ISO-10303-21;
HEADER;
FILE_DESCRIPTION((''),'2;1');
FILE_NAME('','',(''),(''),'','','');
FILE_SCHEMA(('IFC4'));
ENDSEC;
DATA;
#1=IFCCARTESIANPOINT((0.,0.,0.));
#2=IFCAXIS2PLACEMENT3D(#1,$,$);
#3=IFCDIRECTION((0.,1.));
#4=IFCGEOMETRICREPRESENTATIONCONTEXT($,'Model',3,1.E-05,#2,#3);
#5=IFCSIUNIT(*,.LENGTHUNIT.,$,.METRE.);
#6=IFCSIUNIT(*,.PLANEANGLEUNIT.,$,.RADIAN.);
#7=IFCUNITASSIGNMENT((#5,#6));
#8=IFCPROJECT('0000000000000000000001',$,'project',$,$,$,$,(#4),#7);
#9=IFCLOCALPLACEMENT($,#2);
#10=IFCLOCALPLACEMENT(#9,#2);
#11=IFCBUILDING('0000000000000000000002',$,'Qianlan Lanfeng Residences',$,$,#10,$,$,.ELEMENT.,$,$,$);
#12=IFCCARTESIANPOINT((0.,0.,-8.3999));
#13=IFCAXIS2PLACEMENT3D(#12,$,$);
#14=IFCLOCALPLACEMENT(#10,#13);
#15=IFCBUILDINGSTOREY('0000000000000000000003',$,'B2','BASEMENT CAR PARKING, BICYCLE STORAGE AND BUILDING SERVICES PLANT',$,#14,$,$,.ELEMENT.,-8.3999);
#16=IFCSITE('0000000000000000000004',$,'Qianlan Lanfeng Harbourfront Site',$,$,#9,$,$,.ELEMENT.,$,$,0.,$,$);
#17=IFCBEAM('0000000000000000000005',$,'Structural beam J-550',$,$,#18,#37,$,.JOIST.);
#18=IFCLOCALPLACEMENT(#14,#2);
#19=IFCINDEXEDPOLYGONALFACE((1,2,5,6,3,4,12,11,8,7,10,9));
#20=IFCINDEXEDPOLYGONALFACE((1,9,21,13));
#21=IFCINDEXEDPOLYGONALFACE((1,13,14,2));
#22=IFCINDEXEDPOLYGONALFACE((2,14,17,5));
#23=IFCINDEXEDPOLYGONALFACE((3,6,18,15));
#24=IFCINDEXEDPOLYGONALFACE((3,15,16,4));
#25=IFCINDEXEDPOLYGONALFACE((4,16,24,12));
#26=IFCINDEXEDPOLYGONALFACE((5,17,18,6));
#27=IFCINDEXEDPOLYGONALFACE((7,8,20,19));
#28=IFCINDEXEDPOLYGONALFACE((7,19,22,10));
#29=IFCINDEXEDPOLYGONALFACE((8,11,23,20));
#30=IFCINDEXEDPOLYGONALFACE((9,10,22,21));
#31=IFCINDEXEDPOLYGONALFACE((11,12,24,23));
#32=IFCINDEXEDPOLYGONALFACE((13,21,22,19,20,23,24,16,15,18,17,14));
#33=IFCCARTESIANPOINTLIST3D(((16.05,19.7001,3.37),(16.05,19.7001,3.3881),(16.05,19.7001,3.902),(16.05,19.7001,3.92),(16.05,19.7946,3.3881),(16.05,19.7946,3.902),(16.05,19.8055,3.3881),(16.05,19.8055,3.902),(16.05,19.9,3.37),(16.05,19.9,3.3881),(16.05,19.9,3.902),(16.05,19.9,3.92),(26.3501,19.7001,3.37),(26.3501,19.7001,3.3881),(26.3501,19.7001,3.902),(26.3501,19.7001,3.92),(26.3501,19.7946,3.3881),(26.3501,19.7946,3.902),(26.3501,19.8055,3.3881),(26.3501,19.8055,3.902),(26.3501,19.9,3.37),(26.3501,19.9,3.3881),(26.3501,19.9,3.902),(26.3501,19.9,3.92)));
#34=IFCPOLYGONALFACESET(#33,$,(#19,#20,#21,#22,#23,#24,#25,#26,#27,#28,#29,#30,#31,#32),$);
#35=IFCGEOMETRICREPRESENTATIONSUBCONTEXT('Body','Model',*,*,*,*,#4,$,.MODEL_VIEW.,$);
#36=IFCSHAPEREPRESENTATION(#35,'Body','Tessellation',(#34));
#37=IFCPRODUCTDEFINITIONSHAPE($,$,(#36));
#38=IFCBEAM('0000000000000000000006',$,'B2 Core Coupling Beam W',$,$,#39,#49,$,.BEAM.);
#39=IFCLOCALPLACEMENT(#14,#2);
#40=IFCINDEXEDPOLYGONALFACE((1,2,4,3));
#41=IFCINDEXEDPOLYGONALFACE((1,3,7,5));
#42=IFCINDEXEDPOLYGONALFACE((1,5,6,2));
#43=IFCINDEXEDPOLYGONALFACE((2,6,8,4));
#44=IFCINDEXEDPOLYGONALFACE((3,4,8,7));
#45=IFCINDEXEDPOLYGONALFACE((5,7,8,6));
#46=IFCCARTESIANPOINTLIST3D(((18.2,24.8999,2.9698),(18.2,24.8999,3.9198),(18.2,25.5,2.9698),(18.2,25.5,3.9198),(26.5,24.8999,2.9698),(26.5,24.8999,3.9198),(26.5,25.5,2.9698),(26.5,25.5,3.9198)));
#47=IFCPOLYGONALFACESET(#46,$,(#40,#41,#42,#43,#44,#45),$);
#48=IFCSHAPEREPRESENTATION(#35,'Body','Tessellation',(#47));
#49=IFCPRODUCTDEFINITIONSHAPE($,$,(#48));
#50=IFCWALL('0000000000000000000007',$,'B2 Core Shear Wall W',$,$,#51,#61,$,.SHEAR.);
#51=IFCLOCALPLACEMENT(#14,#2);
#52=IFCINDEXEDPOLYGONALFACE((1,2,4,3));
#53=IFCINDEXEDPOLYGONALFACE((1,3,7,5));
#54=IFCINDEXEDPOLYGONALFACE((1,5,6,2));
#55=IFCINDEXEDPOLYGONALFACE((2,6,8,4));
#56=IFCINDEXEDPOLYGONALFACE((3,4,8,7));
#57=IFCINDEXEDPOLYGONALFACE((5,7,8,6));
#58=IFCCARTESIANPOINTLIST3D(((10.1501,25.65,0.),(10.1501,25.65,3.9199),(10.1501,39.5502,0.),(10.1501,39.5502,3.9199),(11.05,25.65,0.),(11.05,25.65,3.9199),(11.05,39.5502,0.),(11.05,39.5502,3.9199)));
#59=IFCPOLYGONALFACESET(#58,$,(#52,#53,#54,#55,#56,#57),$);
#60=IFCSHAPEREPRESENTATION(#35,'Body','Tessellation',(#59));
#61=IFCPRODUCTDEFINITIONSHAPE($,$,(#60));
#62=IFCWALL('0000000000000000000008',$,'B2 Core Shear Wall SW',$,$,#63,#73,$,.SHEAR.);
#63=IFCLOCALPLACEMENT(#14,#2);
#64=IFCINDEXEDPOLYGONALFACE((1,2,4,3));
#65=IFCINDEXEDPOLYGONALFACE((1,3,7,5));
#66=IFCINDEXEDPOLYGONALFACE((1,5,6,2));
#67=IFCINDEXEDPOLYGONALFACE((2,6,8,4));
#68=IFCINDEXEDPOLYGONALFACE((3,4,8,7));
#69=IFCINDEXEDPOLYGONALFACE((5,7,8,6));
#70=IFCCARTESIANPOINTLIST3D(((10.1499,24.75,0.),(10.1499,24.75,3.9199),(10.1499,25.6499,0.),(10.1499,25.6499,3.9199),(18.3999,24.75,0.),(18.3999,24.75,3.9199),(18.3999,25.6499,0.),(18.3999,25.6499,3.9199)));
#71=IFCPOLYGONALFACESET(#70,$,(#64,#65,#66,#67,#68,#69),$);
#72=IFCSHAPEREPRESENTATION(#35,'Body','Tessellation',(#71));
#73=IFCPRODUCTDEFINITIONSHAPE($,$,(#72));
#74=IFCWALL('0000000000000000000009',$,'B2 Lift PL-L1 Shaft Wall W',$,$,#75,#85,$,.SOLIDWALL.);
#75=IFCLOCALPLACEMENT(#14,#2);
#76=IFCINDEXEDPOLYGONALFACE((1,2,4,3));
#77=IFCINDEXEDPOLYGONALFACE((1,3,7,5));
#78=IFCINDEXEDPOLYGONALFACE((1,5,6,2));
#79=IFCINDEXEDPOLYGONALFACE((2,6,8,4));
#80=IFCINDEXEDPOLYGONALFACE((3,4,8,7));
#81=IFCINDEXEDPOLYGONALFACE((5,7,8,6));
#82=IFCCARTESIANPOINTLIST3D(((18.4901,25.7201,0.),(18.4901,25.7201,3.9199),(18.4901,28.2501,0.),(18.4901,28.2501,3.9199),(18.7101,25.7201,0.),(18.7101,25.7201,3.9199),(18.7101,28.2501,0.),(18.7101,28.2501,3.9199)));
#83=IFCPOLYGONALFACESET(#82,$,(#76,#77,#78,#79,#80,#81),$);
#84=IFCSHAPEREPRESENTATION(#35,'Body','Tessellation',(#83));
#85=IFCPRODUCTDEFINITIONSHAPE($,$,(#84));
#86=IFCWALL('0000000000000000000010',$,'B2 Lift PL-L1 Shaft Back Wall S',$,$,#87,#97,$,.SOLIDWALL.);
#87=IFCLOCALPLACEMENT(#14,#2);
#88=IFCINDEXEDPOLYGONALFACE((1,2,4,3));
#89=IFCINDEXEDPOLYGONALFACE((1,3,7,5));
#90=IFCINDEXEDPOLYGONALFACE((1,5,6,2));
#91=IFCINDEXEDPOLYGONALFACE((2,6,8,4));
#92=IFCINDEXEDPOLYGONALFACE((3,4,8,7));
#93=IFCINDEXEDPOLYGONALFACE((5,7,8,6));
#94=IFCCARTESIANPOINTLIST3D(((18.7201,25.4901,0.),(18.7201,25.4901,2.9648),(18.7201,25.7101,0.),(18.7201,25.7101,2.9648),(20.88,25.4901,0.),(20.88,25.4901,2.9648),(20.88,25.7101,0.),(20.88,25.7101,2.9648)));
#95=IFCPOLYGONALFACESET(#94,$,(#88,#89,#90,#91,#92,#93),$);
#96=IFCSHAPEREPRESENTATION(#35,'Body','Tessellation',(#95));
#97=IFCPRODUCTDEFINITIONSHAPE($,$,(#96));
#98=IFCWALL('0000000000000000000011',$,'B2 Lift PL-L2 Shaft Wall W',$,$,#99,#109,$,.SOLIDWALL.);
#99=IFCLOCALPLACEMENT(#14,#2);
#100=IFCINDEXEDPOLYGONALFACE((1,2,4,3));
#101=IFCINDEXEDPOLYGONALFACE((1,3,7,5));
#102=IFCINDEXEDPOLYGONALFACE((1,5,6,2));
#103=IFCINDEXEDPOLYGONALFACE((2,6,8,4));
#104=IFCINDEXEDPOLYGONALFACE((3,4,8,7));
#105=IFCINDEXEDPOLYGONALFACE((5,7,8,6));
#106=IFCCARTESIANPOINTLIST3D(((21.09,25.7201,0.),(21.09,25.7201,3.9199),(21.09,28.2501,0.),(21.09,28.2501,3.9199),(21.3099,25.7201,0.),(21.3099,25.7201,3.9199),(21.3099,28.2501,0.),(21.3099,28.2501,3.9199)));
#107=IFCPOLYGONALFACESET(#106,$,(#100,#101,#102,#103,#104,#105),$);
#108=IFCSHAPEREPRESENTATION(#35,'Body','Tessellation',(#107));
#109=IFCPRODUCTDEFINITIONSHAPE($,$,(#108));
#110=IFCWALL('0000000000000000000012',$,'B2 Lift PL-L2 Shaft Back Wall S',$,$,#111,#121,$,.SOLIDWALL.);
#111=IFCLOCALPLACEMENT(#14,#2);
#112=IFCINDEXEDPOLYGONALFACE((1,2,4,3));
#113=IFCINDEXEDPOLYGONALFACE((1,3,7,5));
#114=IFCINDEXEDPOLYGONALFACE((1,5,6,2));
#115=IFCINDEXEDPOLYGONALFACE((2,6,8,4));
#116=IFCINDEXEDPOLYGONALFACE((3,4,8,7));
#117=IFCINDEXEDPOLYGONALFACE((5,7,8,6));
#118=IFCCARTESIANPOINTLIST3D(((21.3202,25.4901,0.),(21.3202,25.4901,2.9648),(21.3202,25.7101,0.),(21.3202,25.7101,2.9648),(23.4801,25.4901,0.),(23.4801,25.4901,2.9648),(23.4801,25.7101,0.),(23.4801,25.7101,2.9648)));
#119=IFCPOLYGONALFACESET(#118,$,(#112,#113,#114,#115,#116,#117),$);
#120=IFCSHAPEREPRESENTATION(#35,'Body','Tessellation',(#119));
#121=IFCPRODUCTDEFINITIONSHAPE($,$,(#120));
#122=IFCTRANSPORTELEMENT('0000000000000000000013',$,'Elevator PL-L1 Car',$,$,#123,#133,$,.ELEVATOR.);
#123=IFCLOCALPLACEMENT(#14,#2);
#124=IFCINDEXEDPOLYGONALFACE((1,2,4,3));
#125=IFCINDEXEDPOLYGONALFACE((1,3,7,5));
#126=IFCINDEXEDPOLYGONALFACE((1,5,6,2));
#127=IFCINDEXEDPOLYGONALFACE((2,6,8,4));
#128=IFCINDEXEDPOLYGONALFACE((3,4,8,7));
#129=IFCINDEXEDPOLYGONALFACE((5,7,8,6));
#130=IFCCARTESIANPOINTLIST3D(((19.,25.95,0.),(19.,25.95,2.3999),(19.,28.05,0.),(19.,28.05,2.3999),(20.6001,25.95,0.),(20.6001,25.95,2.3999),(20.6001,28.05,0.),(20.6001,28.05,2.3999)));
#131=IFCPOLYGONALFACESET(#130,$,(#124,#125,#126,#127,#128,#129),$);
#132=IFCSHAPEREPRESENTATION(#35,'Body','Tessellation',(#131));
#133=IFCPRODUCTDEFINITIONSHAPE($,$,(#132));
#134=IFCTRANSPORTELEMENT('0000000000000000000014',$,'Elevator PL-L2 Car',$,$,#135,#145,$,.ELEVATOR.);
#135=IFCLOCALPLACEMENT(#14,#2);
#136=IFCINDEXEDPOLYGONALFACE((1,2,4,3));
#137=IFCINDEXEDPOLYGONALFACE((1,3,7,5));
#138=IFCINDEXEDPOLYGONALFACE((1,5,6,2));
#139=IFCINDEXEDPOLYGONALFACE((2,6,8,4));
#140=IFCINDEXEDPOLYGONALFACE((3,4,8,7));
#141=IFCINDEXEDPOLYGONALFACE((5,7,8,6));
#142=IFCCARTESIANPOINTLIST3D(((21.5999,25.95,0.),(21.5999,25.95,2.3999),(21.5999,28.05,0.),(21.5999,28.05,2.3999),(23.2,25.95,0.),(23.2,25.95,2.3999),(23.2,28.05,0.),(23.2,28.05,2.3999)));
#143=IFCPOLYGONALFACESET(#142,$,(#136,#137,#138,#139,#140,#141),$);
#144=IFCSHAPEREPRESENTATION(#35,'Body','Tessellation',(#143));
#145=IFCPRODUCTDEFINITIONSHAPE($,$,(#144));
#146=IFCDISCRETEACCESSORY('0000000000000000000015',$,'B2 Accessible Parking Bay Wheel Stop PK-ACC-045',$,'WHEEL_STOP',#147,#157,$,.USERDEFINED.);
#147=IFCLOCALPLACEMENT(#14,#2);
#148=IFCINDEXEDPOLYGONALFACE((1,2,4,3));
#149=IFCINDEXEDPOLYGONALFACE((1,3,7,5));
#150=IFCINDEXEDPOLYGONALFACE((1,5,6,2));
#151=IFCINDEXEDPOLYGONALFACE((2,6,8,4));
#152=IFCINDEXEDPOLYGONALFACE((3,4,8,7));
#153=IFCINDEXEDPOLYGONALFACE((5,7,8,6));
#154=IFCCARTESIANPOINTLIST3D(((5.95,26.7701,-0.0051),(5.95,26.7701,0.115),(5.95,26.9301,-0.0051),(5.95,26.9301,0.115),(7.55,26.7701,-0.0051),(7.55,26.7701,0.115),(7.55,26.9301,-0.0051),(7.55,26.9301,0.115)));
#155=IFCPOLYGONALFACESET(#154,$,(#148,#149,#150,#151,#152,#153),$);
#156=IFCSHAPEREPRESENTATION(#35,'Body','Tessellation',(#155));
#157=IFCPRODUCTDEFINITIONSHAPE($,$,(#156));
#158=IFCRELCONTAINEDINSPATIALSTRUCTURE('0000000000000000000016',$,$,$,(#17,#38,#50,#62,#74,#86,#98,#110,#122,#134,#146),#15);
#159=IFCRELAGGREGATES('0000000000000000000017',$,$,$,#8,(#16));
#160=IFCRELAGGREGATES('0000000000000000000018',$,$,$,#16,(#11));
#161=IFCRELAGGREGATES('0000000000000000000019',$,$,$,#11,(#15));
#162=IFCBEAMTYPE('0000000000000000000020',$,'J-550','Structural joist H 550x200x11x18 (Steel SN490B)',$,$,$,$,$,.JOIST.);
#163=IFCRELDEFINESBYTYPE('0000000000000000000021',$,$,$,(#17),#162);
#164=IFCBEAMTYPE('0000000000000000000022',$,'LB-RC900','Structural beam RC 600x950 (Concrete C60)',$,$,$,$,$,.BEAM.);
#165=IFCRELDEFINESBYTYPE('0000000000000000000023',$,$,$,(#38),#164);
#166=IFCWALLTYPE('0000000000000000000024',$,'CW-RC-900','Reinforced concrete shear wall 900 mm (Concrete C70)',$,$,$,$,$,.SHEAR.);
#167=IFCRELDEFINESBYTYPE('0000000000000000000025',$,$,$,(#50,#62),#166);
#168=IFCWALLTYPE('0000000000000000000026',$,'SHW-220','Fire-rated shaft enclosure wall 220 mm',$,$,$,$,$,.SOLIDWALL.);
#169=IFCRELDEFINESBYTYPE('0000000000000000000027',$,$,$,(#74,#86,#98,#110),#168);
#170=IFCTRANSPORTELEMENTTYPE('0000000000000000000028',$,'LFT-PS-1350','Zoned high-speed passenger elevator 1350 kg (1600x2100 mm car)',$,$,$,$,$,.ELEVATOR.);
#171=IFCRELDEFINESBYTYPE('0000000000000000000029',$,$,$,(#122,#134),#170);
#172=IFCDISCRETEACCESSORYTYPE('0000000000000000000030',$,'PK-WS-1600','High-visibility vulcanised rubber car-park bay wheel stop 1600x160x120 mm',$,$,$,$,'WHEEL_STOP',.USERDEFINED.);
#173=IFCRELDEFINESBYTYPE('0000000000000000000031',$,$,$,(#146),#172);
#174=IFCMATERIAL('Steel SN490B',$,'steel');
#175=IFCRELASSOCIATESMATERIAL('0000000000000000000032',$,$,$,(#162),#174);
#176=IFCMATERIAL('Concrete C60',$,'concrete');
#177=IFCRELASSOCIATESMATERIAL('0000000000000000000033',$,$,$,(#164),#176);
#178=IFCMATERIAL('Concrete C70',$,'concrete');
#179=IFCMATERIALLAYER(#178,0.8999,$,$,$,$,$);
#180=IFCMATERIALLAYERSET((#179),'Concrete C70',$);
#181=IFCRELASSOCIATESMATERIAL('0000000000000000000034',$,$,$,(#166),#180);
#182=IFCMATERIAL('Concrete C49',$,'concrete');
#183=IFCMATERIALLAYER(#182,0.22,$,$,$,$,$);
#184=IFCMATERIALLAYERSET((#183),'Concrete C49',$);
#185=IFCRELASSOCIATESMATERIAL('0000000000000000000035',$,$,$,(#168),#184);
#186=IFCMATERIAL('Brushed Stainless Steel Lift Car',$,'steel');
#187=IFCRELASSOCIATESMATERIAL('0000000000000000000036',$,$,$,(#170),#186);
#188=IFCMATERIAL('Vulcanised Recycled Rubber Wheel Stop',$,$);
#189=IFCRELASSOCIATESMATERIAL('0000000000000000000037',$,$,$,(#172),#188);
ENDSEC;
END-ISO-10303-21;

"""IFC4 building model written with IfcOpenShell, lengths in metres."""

from ifc_helpers import new_model, si_unit, direction, frame, frame_2d, origin, origin_2d, place, context, subcontext, project, spatial, rectangle, i_section, extrude, source, transform, mapped, material, layer, layer_set, material_profile, profile_set, type_object, element, save


model = new_model("IFC4")

# Units and contexts
model_context = context("Model", 3, precision=1e-05, world=origin(), true_north=direction((0.0, 1.0)))
body_context = subcontext(model_context, "Body", "Model", "MODEL_VIEW")
ifc_project = project(units=[si_unit("LENGTHUNIT", "METRE"), si_unit("PLANEANGLEUNIT", "RADIAN")], contexts=[model_context])

# Site, building, storey
site_placement = place(None, origin())
site = spatial("IfcSite", under=ifc_project, at=site_placement, Name="Qianlan Lanfeng Harbourfront Site", CompositionType="ELEMENT", RefElevation=0.0)
building_placement = place(site_placement, origin())
building = spatial("IfcBuilding", under=site, at=building_placement, Name="Qianlan Lanfeng Residences", CompositionType="ELEMENT")
storey_placement = place(building_placement, frame((0.0, 0.0, -8.3999)))
storey = spatial("IfcBuildingStorey", under=building, at=storey_placement, Name="B2", Description="BASEMENT CAR PARKING, BICYCLE STORAGE AND BUILDING SERVICES PLANT", CompositionType="ELEMENT", Elevation=-8.3999)

# Beams
ifc_material_1 = material(Name="Steel SN490B", Category="steel")
ifc_material_profile_1 = material_profile(ifc_material_1, i_section(OverallWidth=0.2, OverallDepth=0.55, WebThickness=0.011, FlangeThickness=0.0181, at=origin_2d()), Name="H 550x200x11x18")
ifc_profile_set_1 = profile_set([ifc_material_profile_1], Name="Steel SN490B")
beam_type_1 = type_object("IfcBeamType", Name="J-550", Description="Structural joist H 550x200x11x18 (Steel SN490B)", PredefinedType="JOIST", material=ifc_profile_set_1)
beam_1_placement = place(storey_placement, frame((16.05, 19.8, 3.645), z_axis=(1.0, 0.0, 0.0), x_axis=(0.0, 1.0, 0.0)))
element("IfcBeam", 1, at=beam_1_placement, inside=storey, type_object=beam_type_1, Name="Structural beam J-550", PredefinedType="JOIST", context=body_context, shape_type="SweptSolid", body=[
    extrude(i_section(OverallWidth=0.2, OverallDepth=0.55, WebThickness=0.011, FlangeThickness=0.0181, at=origin_2d()), origin(), (0.0, 0.0, 1.0), 10.3),
])
ifc_material_2 = material(Name="Concrete C60", Category="concrete")
ifc_material_profile_2 = material_profile(ifc_material_2, rectangle(XDim=0.6001, YDim=0.95, at=origin_2d()), Name="RC 600x950")
ifc_profile_set_2 = profile_set([ifc_material_profile_2], Name="Concrete C60")
beam_type_2 = type_object("IfcBeamType", Name="LB-RC900", Description="Structural beam RC 600x950 (Concrete C60)", PredefinedType="BEAM", material=ifc_profile_set_2)
beam_2_placement = place(storey_placement, frame((18.2, 25.2, 3.4448), z_axis=(1.0, 0.0, 0.0), x_axis=(0.0, 1.0, 0.0)))
element("IfcBeam", 2, at=beam_2_placement, inside=storey, type_object=beam_type_2, Name="B2 Core Coupling Beam W", PredefinedType="BEAM", context=body_context, shape_type="SweptSolid", body=[
    extrude(rectangle(XDim=0.6001, YDim=0.95, at=origin_2d()), origin(), (0.0, 0.0, 1.0), 8.3),
])

# Walls
ifc_material_3 = material(Name="Concrete C70", Category="concrete")
ifc_layer_1 = layer(ifc_material_3, 0.8999)
ifc_layer_set_1 = layer_set([ifc_layer_1], Name="Concrete C70")
wall_type_1 = type_object("IfcWallType", Name="CW-RC-900", Description="Reinforced concrete shear wall 900 mm (Concrete C70)", PredefinedType="SHEAR", material=ifc_layer_set_1)
wall_1_placement = place(storey_placement, frame((10.6001, 25.6499, 0.0), z_axis=(0.0, 0.0, 1.0), x_axis=(0.0, 1.0, 0.0)))
element("IfcWall", 3, at=wall_1_placement, inside=storey, type_object=wall_type_1, Name="B2 Core Shear Wall W", PredefinedType="SHEAR", context=body_context, shape_type="SweptSolid", body=[
    extrude(rectangle(XDim=13.9001, YDim=0.8999, at=frame_2d((6.9502, 0.0))), origin(), (0.0, 0.0, 1.0), 3.9199),
])
wall_2_placement = place(storey_placement, frame((10.1499, 25.2, 0.0), z_axis=(0.0, 0.0, 1.0), x_axis=(1.0, 0.0, 0.0)))
element("IfcWall", 4, at=wall_2_placement, inside=storey, type_object=wall_type_1, Name="B2 Core Shear Wall SW", PredefinedType="SHEAR", context=body_context, shape_type="SweptSolid", body=[
    extrude(rectangle(XDim=8.25, YDim=0.8999, at=frame_2d((4.125, 0.0))), origin(), (0.0, 0.0, 1.0), 3.9199),
])
ifc_material_4 = material(Name="Concrete C49", Category="concrete")
ifc_layer_2 = layer(ifc_material_4, 0.22)
ifc_layer_set_2 = layer_set([ifc_layer_2], Name="Concrete C49")
wall_type_2 = type_object("IfcWallType", Name="SHW-220", Description="Fire-rated shaft enclosure wall 220 mm", PredefinedType="SOLIDWALL", material=ifc_layer_set_2)
wall_3_placement = place(storey_placement, frame((18.6001, 25.72, 0.0), z_axis=(0.0, 0.0, 1.0), x_axis=(0.0, 1.0, 0.0)))
element("IfcWall", 5, at=wall_3_placement, inside=storey, type_object=wall_type_2, Name="B2 Lift PL-L1 Shaft Wall W", PredefinedType="SOLIDWALL", context=body_context, shape_type="SweptSolid", body=[
    extrude(rectangle(XDim=2.53, YDim=0.22, at=frame_2d((1.2651, 0.0))), origin(), (0.0, 0.0, 1.0), 3.9199),
])
wall_4_placement = place(storey_placement, frame((18.72, 25.6001, 0.0), z_axis=(0.0, 0.0, 1.0), x_axis=(1.0, 0.0, 0.0)))
element("IfcWall", 6, at=wall_4_placement, inside=storey, type_object=wall_type_2, Name="B2 Lift PL-L1 Shaft Back Wall S", PredefinedType="SOLIDWALL", context=body_context, shape_type="SweptSolid", body=[
    extrude(rectangle(XDim=2.1599, YDim=0.22, at=frame_2d((1.0801, 0.0))), origin(), (0.0, 0.0, 1.0), 2.9648),
])
wall_5_placement = place(storey_placement, frame((21.2, 25.72, 0.0), z_axis=(0.0, 0.0, 1.0), x_axis=(0.0, 1.0, 0.0)))
element("IfcWall", 7, at=wall_5_placement, inside=storey, type_object=wall_type_2, Name="B2 Lift PL-L2 Shaft Wall W", PredefinedType="SOLIDWALL", context=body_context, shape_type="SweptSolid", body=[
    extrude(rectangle(XDim=2.53, YDim=0.22, at=frame_2d((1.2651, 0.0))), origin(), (0.0, 0.0, 1.0), 3.9199),
])
wall_6_placement = place(storey_placement, frame((21.3201, 25.6001, 0.0), z_axis=(0.0, 0.0, 1.0), x_axis=(1.0, 0.0, 0.0)))
element("IfcWall", 8, at=wall_6_placement, inside=storey, type_object=wall_type_2, Name="B2 Lift PL-L2 Shaft Back Wall S", PredefinedType="SOLIDWALL", context=body_context, shape_type="SweptSolid", body=[
    extrude(rectangle(XDim=2.1599, YDim=0.22, at=frame_2d((1.0801, 0.0))), origin(), (0.0, 0.0, 1.0), 2.9648),
])

# Transport elements
ifc_material_5 = material(Name="Brushed Stainless Steel Lift Car", Category="steel")
transport_element_type = type_object("IfcTransportElementType", Name="LFT-PS-1350", Description="Zoned high-speed passenger elevator 1350 kg (1600x2100 mm car)", PredefinedType="ELEVATOR", material=ifc_material_5)
shared_shape_1 = source(origin(), body_context, "Body", "SweptSolid", [
    extrude(rectangle(XDim=1.6001, YDim=2.1001, at=origin_2d()), origin(), (0.0, 0.0, 1.0), 2.3999),
])
for number, where, z_axis, x_axis, name in (
    (9, (19.8, 27.0, 0.0), (0.0, 0.0, 1.0), (1.0, 0.0, 0.0), "Elevator PL-L1 Car"),
    (10, (22.3999, 27.0, 0.0), (0.0, 0.0, 1.0), (1.0, 0.0, 0.0), "Elevator PL-L2 Car"),
):
    element("IfcTransportElement", number, at=place(storey_placement, frame(where, z_axis=z_axis, x_axis=x_axis)), inside=storey, type_object=transport_element_type, Name=name, PredefinedType="ELEVATOR", context=body_context, shape_type="MappedRepresentation", body=[
        mapped(shared_shape_1, transform((0.0, 0.0, 0.0), scale=1.0)),
    ])

# Discrete accessory
ifc_material_6 = material(Name="Vulcanised Recycled Rubber Wheel Stop")
discrete_accessory_type = type_object("IfcDiscreteAccessoryType", Name="PK-WS-1600", Description="High-visibility vulcanised rubber car-park bay wheel stop 1600x160x120 mm", ElementType="WHEEL_STOP", PredefinedType="USERDEFINED", material=ifc_material_6)
shared_shape_2 = source(origin(), body_context, "Body", "SweptSolid", [
    extrude(rectangle(XDim=1.6001, YDim=0.1599, at=origin_2d()), origin(), (0.0, 0.0, 1.0), 0.1201),
])
discrete_accessory_placement = place(storey_placement, frame((6.75, 26.8501, -0.0051), z_axis=(0.0, 0.0, 1.0), x_axis=(1.0, 0.0, 0.0)))
element("IfcDiscreteAccessory", 11, at=discrete_accessory_placement, inside=storey, type_object=discrete_accessory_type, Name="B2 Accessible Parking Bay Wheel Stop PK-ACC-045", ObjectType="WHEEL_STOP", PredefinedType="USERDEFINED", context=body_context, shape_type="MappedRepresentation", body=[
    mapped(shared_shape_2, transform((0.0, 0.0, 0.0), scale=1.0)),
])

save(model, "model.ifc")
